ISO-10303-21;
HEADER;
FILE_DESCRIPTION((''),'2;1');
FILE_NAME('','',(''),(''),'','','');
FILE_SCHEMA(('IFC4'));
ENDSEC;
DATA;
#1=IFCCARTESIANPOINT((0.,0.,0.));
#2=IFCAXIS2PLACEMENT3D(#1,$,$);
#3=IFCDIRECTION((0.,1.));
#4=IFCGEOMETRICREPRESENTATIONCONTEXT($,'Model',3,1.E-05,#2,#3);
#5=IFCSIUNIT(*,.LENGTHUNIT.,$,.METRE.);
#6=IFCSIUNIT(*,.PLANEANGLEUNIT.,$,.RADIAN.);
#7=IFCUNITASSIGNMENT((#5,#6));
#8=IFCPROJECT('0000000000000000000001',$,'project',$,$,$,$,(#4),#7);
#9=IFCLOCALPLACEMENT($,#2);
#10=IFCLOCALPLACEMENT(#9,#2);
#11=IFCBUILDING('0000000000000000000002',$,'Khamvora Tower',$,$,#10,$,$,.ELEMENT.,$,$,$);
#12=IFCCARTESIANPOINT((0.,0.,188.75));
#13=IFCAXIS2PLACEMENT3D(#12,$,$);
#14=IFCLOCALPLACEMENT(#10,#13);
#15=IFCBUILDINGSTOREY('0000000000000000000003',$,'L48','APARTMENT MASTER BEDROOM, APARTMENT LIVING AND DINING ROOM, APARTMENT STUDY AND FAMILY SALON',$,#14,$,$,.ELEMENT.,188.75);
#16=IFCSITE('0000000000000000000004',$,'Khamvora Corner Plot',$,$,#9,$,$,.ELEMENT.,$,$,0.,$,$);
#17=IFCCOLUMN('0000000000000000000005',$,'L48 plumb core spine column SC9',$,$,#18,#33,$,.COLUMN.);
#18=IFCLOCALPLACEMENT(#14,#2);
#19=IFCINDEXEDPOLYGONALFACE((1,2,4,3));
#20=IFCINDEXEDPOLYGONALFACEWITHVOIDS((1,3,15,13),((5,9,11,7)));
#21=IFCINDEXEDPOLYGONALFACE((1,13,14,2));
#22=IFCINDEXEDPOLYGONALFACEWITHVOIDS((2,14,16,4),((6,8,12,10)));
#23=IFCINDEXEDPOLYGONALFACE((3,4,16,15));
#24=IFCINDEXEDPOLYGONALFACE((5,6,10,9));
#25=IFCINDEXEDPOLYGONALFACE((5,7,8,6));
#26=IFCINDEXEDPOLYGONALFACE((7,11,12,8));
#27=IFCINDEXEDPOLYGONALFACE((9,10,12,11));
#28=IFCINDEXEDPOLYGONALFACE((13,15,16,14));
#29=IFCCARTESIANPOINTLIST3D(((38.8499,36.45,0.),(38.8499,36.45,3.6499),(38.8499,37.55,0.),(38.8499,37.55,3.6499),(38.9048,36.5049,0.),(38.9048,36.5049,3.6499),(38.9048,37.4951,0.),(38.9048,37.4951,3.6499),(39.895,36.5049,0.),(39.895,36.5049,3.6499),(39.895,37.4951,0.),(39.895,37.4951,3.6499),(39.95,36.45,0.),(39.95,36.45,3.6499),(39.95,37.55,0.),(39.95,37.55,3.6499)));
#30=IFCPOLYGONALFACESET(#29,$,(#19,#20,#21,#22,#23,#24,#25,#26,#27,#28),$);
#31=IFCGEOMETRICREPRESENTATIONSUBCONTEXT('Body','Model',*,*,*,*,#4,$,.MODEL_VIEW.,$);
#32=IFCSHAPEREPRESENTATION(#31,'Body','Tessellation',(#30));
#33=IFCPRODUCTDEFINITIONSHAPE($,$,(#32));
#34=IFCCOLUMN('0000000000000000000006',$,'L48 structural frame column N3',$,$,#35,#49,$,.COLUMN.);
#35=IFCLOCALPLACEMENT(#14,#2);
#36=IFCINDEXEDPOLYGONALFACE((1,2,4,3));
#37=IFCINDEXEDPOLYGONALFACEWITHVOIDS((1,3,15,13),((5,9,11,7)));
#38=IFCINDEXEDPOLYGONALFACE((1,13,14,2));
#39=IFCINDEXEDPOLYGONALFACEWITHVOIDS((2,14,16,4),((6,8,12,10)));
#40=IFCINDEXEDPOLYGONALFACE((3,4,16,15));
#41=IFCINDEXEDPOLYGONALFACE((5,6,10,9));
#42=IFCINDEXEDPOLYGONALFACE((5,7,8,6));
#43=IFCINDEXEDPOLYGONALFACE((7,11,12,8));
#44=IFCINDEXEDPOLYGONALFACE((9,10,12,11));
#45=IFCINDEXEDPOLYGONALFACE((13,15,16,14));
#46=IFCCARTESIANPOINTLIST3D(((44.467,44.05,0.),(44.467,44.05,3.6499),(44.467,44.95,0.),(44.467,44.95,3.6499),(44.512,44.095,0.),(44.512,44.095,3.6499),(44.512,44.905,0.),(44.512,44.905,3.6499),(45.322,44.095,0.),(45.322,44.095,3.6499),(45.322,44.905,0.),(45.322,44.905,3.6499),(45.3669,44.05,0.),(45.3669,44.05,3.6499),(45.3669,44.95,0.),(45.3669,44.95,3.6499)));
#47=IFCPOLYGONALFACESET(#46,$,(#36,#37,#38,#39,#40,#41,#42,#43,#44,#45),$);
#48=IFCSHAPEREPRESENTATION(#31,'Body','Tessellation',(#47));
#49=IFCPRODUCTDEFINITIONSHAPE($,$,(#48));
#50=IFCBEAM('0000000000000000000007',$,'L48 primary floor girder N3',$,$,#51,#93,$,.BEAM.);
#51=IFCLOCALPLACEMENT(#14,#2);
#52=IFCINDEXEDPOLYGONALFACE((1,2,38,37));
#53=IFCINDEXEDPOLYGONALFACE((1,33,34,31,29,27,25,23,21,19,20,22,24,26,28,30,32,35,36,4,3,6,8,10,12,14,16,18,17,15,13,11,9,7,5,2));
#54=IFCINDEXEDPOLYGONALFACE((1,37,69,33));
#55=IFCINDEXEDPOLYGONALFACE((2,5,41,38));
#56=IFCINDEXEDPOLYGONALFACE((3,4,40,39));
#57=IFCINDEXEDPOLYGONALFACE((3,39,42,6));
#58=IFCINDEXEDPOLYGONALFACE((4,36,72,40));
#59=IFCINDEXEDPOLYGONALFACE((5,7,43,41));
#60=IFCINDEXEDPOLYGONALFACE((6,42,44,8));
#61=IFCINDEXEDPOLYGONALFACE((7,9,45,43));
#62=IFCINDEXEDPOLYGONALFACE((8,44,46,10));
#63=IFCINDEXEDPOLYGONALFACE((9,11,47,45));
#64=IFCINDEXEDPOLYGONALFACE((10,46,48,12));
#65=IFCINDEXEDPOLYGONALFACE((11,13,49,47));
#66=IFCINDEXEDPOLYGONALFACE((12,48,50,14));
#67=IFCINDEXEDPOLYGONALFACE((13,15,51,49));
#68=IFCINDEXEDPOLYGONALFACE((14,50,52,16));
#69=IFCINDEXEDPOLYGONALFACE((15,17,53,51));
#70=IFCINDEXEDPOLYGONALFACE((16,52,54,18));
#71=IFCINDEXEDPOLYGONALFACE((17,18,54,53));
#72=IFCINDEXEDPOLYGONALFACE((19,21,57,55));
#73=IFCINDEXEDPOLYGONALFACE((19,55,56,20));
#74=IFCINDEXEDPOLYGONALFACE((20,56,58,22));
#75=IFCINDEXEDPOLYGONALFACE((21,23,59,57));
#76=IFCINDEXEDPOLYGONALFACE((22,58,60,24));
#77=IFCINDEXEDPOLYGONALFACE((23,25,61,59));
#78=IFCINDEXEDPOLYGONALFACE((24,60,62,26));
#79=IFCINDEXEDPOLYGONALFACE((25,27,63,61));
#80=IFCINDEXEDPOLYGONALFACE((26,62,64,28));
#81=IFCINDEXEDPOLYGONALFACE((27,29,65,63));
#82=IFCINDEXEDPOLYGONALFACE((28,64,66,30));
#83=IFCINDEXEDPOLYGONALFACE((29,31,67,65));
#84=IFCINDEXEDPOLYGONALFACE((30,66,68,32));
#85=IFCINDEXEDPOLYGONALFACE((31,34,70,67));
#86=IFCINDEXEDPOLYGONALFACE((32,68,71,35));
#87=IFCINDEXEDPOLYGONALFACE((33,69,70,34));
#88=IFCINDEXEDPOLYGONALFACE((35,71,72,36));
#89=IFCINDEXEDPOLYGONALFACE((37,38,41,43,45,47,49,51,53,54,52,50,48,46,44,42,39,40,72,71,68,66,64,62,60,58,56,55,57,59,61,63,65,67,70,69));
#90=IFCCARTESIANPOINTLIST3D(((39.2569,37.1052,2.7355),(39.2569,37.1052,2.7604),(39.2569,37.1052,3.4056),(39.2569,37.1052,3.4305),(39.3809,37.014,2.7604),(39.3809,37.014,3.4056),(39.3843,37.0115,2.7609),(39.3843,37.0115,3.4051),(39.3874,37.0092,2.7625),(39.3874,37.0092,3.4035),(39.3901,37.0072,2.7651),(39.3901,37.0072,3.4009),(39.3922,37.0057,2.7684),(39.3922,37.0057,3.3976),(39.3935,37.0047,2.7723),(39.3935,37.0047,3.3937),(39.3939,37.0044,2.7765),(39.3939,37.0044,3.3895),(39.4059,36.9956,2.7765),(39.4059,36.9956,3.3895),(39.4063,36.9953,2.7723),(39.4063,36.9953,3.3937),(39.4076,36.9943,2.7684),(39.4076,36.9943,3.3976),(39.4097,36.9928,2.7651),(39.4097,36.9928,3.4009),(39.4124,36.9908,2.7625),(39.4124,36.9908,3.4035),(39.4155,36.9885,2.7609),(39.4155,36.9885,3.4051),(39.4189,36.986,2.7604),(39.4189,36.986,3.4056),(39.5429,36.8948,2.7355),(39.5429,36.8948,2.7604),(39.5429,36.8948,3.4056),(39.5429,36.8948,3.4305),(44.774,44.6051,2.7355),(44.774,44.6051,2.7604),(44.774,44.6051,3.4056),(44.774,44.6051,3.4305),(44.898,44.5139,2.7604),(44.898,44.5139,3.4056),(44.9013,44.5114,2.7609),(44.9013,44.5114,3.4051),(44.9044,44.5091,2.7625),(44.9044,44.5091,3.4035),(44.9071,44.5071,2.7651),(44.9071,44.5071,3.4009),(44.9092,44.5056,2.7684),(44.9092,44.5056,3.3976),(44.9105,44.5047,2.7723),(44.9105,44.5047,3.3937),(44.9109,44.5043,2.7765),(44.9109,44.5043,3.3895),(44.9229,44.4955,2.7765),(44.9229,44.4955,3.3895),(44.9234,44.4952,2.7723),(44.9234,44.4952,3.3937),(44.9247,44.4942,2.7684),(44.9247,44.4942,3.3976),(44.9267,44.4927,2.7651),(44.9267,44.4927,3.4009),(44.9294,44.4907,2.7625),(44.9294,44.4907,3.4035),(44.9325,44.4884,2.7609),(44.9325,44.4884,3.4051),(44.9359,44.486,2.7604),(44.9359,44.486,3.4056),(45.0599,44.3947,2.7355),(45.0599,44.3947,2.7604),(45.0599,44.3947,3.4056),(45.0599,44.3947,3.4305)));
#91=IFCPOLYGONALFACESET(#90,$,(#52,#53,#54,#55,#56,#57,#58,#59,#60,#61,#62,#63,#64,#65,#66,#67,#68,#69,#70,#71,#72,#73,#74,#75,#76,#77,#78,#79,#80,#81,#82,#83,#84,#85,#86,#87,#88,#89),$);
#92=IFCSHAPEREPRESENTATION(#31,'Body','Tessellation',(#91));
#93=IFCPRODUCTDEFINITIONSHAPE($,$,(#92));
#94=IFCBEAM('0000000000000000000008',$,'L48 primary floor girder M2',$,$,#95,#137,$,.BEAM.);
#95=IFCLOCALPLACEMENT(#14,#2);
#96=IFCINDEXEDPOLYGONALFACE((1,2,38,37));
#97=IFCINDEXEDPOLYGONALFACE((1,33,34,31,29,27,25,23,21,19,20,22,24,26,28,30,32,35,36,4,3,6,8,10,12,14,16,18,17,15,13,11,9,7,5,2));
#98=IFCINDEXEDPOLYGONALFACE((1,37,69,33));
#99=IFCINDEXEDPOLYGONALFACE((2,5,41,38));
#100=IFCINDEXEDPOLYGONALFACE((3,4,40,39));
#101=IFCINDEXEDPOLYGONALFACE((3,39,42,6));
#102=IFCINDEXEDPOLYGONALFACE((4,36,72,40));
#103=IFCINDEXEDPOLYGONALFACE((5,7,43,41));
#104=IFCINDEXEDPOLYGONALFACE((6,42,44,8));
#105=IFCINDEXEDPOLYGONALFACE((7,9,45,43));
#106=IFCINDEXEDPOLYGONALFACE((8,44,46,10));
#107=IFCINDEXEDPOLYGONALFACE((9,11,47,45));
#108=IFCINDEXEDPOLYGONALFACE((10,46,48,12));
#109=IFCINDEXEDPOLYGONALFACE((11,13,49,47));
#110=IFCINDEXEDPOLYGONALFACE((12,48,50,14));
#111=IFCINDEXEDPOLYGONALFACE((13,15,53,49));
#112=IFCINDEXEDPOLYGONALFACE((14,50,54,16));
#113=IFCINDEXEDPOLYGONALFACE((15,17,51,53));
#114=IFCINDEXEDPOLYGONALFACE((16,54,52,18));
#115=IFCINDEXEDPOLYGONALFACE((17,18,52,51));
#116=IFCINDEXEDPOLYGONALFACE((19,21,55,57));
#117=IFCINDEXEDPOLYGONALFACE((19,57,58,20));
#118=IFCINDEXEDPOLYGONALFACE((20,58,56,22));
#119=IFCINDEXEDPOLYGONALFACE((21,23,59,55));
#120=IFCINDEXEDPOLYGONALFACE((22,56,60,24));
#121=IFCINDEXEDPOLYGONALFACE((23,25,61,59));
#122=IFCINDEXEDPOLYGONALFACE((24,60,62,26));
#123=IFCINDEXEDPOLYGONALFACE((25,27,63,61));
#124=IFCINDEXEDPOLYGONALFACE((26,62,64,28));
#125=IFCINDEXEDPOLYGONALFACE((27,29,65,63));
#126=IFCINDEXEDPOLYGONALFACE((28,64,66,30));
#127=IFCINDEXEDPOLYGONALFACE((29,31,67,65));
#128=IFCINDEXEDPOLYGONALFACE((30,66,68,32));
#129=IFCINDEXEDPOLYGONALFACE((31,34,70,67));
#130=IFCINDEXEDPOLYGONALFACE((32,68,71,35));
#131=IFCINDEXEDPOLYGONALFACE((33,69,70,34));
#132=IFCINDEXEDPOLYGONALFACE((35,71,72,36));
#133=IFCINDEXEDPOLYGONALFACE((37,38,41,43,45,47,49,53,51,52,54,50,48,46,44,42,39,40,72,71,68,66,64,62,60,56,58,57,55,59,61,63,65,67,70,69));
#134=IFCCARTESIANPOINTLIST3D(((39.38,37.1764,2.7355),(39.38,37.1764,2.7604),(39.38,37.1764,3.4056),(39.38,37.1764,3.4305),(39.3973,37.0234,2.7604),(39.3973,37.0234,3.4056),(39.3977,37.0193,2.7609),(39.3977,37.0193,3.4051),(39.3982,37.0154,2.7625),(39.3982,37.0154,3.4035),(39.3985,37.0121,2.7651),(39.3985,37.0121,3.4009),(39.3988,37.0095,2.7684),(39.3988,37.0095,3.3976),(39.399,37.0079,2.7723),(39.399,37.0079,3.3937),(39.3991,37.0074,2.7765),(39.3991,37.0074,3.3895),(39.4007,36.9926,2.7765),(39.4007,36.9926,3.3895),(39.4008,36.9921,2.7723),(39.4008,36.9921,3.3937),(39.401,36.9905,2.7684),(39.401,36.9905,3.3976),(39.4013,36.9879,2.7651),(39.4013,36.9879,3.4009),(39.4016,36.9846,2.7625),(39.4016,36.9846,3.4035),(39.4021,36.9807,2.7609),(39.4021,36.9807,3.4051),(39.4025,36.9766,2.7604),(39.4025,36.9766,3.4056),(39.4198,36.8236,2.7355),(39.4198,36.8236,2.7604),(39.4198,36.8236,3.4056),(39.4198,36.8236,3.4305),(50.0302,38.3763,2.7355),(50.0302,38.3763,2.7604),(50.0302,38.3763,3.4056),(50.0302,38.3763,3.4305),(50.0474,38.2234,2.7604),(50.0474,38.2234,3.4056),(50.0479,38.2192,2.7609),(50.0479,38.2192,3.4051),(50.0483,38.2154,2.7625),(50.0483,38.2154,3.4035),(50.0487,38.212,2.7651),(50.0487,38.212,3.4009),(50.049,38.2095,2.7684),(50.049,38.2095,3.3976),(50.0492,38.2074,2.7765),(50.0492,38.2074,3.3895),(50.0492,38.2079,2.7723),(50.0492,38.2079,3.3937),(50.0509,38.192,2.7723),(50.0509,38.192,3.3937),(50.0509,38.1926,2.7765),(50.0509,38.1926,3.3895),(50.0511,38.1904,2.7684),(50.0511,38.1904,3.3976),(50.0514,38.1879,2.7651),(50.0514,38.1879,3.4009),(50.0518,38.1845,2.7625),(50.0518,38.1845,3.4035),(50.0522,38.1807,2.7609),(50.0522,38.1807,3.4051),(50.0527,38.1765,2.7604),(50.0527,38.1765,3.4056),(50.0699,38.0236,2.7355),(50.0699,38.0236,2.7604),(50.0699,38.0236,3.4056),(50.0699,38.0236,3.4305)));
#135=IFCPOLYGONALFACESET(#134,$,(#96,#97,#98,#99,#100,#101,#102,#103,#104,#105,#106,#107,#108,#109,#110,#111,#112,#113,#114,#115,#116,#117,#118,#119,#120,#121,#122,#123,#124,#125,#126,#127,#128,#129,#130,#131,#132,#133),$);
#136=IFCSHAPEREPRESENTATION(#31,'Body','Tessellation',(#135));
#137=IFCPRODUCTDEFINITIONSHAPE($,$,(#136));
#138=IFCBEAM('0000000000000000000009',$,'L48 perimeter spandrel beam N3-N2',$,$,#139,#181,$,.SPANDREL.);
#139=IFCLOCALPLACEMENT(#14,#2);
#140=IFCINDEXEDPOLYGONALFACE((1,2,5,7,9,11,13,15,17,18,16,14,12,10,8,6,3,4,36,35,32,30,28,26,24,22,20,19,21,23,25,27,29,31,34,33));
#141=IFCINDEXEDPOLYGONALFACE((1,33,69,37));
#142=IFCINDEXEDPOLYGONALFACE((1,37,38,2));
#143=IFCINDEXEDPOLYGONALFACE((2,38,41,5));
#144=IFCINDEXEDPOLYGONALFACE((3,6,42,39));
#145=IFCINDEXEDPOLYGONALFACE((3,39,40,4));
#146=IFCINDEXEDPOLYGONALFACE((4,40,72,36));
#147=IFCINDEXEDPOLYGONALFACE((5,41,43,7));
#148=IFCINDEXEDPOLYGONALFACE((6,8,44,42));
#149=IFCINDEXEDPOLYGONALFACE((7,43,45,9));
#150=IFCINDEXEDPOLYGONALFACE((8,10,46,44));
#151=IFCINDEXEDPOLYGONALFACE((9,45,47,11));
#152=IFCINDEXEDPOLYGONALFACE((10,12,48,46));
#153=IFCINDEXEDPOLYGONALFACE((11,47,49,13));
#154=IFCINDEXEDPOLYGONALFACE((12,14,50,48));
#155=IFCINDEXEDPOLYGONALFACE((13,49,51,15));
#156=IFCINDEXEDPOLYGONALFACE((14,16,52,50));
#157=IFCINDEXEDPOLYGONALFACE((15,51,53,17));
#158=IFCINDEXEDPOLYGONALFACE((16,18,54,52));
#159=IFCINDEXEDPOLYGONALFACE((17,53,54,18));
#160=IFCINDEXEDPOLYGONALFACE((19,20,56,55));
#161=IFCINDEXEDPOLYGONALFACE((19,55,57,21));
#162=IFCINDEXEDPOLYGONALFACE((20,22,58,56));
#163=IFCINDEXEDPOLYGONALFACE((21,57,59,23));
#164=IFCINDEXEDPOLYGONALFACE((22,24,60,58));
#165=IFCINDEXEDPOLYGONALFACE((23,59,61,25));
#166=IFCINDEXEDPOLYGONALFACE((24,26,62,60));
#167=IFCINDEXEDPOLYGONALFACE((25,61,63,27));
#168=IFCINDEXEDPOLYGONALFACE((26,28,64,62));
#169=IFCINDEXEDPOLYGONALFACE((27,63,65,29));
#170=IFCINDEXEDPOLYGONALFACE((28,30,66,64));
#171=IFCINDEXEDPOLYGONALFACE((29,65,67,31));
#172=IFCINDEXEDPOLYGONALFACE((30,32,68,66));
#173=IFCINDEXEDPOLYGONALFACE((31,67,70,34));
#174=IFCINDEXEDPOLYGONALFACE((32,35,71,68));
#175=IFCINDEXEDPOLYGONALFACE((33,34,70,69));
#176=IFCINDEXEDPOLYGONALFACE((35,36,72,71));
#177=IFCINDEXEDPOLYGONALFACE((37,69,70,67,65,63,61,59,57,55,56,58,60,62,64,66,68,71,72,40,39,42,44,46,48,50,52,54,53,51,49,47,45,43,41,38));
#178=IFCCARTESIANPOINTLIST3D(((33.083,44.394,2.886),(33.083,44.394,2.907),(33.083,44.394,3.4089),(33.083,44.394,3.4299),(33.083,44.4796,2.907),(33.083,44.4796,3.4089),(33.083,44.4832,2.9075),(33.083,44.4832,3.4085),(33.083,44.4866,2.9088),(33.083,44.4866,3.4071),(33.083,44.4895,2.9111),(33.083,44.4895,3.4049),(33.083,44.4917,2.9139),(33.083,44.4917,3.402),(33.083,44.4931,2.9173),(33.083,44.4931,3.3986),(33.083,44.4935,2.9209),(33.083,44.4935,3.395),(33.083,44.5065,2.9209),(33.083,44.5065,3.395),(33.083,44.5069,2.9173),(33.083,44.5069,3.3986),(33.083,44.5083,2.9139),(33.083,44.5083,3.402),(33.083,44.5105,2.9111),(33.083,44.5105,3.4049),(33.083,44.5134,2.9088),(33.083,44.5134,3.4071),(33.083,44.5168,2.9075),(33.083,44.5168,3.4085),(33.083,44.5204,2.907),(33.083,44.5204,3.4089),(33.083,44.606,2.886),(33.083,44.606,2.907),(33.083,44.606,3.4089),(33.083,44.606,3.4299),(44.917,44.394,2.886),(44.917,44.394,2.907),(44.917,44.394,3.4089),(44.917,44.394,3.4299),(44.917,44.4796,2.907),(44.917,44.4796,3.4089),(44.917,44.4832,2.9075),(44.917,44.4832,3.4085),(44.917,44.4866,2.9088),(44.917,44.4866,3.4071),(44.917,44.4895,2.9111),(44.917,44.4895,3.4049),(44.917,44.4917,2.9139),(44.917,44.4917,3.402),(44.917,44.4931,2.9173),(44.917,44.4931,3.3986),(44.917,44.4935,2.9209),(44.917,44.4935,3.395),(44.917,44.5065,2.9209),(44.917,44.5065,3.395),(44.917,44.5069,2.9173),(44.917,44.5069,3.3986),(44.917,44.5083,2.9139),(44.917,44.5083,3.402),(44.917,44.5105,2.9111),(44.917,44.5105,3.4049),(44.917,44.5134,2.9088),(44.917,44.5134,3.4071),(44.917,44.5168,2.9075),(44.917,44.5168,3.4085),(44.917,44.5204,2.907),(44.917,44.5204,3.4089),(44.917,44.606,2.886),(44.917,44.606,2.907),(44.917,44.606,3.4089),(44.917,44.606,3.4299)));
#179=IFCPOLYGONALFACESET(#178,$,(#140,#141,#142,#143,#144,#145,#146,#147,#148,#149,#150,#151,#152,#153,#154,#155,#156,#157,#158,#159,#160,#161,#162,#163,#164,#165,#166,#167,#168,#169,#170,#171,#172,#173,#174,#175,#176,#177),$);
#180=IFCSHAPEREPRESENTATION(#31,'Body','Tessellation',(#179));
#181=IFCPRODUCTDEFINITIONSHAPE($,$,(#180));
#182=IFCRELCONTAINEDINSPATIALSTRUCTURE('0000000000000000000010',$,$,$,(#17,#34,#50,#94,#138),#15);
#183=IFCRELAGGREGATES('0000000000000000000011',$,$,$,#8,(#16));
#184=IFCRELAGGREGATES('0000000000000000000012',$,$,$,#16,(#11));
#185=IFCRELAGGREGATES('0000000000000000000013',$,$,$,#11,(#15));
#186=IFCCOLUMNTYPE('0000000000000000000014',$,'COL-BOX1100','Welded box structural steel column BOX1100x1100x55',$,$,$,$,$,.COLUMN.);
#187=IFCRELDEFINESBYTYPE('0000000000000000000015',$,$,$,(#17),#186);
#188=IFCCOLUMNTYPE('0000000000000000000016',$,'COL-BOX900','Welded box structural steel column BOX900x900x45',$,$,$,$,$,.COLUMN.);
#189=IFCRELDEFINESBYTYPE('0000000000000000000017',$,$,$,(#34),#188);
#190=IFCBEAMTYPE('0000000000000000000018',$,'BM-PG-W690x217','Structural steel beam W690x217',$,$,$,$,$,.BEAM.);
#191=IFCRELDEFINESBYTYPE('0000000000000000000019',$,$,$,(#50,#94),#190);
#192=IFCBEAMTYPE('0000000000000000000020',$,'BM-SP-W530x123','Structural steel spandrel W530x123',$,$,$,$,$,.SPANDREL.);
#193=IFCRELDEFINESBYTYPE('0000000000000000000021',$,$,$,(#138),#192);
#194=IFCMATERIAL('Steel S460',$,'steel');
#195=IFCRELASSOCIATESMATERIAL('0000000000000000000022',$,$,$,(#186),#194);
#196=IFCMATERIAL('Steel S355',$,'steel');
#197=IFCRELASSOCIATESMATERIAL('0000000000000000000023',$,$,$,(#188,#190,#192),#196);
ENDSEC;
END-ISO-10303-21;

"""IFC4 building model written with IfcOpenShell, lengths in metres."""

from ifc_helpers import new_model, si_unit, direction, frame, origin, origin_2d, place, context, subcontext, project, spatial, hollow_rectangle, i_section, extrude, material, material_profile, profile_set, type_object, element, save


model = new_model("IFC4")

# Units and contexts
model_context = context("Model", 3, precision=1e-05, world=origin(), true_north=direction((0.0, 1.0)))
body_context = subcontext(model_context, "Body", "Model", "MODEL_VIEW")
ifc_project = project(units=[si_unit("LENGTHUNIT", "METRE"), si_unit("PLANEANGLEUNIT", "RADIAN")], contexts=[model_context])

# Site, building, storey
site_placement = place(None, origin())
site = spatial("IfcSite", under=ifc_project, at=site_placement, Name="Khamvora Corner Plot", CompositionType="ELEMENT", RefElevation=0.0)
building_placement = place(site_placement, origin())
building = spatial("IfcBuilding", under=site, at=building_placement, Name="Khamvora Tower", CompositionType="ELEMENT")
storey_placement = place(building_placement, frame((0.0, 0.0, 188.75)))
storey = spatial("IfcBuildingStorey", under=building, at=storey_placement, Name="L48", Description="APARTMENT MASTER BEDROOM, APARTMENT LIVING AND DINING ROOM, APARTMENT STUDY AND FAMILY SALON", CompositionType="ELEMENT", Elevation=188.75)

# Columns
ifc_material_1 = material(Name="Steel S460", Category="steel")
ifc_material_profile_1 = material_profile(ifc_material_1, hollow_rectangle(XDim=1.1001, YDim=1.1001, WallThickness=0.0549, at=origin_2d()), Name="BOX1100x1100x55")
ifc_profile_set_1 = profile_set([ifc_material_profile_1], Name="Steel S460")
column_type_1 = type_object("IfcColumnType", Name="COL-BOX1100", Description="Welded box structural steel column BOX1100x1100x55", PredefinedType="COLUMN", material=ifc_profile_set_1)
column_1_placement = place(storey_placement, frame((39.3999, 37.0, 0.0), z_axis=(0.0, 0.0, 1.0), x_axis=(1.0, 0.0, 0.0)))
element("IfcColumn", 1, at=column_1_placement, inside=storey, type_object=column_type_1, Name="L48 plumb core spine column SC9", PredefinedType="COLUMN", context=body_context, shape_type="SweptSolid", body=[
    extrude(hollow_rectangle(XDim=1.1001, YDim=1.1001, WallThickness=0.0549, at=origin_2d()), origin(), (0.0, 0.0, 1.0), 3.6499),
])
ifc_material_2 = material(Name="Steel S355", Category="steel")
ifc_material_profile_2 = material_profile(ifc_material_2, hollow_rectangle(XDim=0.8999, YDim=0.8999, WallThickness=0.0449, at=origin_2d()), Name="BOX900x900x45")
ifc_profile_set_2 = profile_set([ifc_material_profile_2], Name="Steel S355")
column_type_2 = type_object("IfcColumnType", Name="COL-BOX900", Description="Welded box structural steel column BOX900x900x45", PredefinedType="COLUMN", material=ifc_profile_set_2)
column_2_placement = place(storey_placement, frame((44.917, 44.5, 0.0), z_axis=(0.0, 0.0, 1.0), x_axis=(1.0, 0.0, 0.0)))
element("IfcColumn", 2, at=column_2_placement, inside=storey, type_object=column_type_2, Name="L48 structural frame column N3", PredefinedType="COLUMN", context=body_context, shape_type="SweptSolid", body=[
    extrude(hollow_rectangle(XDim=0.8999, YDim=0.8999, WallThickness=0.0449, at=origin_2d()), origin(), (0.0, 0.0, 1.0), 3.6499),
])

# Beams
ifc_material_profile_3 = material_profile(ifc_material_2, i_section(OverallWidth=0.355, OverallDepth=0.6951, WebThickness=0.0149, FlangeThickness=0.0249, FilletRadius=0.0161, at=origin_2d()), Name="W690x217")
ifc_profile_set_3 = profile_set([ifc_material_profile_3], Name="Steel S355")
beam_type_1 = type_object("IfcBeamType", Name="BM-PG-W690x217", Description="Structural steel beam W690x217", PredefinedType="BEAM", material=ifc_profile_set_3)
beam_1_placement = place(storey_placement, frame((39.3999, 37.0, 3.083), z_axis=(0.592557, 0.805529, 0.0), x_axis=(-0.805529, 0.592557, 0.0)))
element("IfcBeam", 3, at=beam_1_placement, inside=storey, type_object=beam_type_1, Name="L48 primary floor girder N3", PredefinedType="BEAM", context=body_context, shape_type="SweptSolid", body=[
    extrude(i_section(OverallWidth=0.355, OverallDepth=0.6951, WebThickness=0.0149, FlangeThickness=0.0249, FilletRadius=0.0161, at=origin_2d()), origin(), (0.0, 0.0, 1.0), 9.3105),
])
beam_2_placement = place(storey_placement, frame((39.3999, 37.0, 3.083), z_axis=(0.993713, 0.111962, 0.0), x_axis=(-0.111962, 0.993713, 0.0)))
element("IfcBeam", 4, at=beam_2_placement, inside=storey, type_object=beam_type_1, Name="L48 primary floor girder M2", PredefinedType="BEAM", context=body_context, shape_type="SweptSolid", body=[
    extrude(i_section(OverallWidth=0.355, OverallDepth=0.6951, WebThickness=0.0149, FlangeThickness=0.0249, FilletRadius=0.0161, at=origin_2d()), origin(), (0.0, 0.0, 1.0), 10.7175),
])
ifc_material_profile_4 = material_profile(ifc_material_2, i_section(OverallWidth=0.2119, OverallDepth=0.5439, WebThickness=0.0129, FlangeThickness=0.021, FilletRadius=0.0139, at=origin_2d()), Name="W530x123")
ifc_profile_set_4 = profile_set([ifc_material_profile_4], Name="Steel S355")
beam_type_2 = type_object("IfcBeamType", Name="BM-SP-W530x123", Description="Structural steel spandrel W530x123", PredefinedType="SPANDREL", material=ifc_profile_set_4)
beam_3_placement = place(storey_placement, frame((44.917, 44.5, 3.158), z_axis=(-1.0, 0.0, 0.0), x_axis=(0.0, -1.0, 0.0)))
element("IfcBeam", 5, at=beam_3_placement, inside=storey, type_object=beam_type_2, Name="L48 perimeter spandrel beam N3-N2", PredefinedType="SPANDREL", context=body_context, shape_type="SweptSolid", body=[
    extrude(i_section(OverallWidth=0.2119, OverallDepth=0.5439, WebThickness=0.0129, FlangeThickness=0.021, FilletRadius=0.0139, at=origin_2d()), origin(), (0.0, 0.0, 1.0), 11.834),
])

save(model, "model.ifc")
